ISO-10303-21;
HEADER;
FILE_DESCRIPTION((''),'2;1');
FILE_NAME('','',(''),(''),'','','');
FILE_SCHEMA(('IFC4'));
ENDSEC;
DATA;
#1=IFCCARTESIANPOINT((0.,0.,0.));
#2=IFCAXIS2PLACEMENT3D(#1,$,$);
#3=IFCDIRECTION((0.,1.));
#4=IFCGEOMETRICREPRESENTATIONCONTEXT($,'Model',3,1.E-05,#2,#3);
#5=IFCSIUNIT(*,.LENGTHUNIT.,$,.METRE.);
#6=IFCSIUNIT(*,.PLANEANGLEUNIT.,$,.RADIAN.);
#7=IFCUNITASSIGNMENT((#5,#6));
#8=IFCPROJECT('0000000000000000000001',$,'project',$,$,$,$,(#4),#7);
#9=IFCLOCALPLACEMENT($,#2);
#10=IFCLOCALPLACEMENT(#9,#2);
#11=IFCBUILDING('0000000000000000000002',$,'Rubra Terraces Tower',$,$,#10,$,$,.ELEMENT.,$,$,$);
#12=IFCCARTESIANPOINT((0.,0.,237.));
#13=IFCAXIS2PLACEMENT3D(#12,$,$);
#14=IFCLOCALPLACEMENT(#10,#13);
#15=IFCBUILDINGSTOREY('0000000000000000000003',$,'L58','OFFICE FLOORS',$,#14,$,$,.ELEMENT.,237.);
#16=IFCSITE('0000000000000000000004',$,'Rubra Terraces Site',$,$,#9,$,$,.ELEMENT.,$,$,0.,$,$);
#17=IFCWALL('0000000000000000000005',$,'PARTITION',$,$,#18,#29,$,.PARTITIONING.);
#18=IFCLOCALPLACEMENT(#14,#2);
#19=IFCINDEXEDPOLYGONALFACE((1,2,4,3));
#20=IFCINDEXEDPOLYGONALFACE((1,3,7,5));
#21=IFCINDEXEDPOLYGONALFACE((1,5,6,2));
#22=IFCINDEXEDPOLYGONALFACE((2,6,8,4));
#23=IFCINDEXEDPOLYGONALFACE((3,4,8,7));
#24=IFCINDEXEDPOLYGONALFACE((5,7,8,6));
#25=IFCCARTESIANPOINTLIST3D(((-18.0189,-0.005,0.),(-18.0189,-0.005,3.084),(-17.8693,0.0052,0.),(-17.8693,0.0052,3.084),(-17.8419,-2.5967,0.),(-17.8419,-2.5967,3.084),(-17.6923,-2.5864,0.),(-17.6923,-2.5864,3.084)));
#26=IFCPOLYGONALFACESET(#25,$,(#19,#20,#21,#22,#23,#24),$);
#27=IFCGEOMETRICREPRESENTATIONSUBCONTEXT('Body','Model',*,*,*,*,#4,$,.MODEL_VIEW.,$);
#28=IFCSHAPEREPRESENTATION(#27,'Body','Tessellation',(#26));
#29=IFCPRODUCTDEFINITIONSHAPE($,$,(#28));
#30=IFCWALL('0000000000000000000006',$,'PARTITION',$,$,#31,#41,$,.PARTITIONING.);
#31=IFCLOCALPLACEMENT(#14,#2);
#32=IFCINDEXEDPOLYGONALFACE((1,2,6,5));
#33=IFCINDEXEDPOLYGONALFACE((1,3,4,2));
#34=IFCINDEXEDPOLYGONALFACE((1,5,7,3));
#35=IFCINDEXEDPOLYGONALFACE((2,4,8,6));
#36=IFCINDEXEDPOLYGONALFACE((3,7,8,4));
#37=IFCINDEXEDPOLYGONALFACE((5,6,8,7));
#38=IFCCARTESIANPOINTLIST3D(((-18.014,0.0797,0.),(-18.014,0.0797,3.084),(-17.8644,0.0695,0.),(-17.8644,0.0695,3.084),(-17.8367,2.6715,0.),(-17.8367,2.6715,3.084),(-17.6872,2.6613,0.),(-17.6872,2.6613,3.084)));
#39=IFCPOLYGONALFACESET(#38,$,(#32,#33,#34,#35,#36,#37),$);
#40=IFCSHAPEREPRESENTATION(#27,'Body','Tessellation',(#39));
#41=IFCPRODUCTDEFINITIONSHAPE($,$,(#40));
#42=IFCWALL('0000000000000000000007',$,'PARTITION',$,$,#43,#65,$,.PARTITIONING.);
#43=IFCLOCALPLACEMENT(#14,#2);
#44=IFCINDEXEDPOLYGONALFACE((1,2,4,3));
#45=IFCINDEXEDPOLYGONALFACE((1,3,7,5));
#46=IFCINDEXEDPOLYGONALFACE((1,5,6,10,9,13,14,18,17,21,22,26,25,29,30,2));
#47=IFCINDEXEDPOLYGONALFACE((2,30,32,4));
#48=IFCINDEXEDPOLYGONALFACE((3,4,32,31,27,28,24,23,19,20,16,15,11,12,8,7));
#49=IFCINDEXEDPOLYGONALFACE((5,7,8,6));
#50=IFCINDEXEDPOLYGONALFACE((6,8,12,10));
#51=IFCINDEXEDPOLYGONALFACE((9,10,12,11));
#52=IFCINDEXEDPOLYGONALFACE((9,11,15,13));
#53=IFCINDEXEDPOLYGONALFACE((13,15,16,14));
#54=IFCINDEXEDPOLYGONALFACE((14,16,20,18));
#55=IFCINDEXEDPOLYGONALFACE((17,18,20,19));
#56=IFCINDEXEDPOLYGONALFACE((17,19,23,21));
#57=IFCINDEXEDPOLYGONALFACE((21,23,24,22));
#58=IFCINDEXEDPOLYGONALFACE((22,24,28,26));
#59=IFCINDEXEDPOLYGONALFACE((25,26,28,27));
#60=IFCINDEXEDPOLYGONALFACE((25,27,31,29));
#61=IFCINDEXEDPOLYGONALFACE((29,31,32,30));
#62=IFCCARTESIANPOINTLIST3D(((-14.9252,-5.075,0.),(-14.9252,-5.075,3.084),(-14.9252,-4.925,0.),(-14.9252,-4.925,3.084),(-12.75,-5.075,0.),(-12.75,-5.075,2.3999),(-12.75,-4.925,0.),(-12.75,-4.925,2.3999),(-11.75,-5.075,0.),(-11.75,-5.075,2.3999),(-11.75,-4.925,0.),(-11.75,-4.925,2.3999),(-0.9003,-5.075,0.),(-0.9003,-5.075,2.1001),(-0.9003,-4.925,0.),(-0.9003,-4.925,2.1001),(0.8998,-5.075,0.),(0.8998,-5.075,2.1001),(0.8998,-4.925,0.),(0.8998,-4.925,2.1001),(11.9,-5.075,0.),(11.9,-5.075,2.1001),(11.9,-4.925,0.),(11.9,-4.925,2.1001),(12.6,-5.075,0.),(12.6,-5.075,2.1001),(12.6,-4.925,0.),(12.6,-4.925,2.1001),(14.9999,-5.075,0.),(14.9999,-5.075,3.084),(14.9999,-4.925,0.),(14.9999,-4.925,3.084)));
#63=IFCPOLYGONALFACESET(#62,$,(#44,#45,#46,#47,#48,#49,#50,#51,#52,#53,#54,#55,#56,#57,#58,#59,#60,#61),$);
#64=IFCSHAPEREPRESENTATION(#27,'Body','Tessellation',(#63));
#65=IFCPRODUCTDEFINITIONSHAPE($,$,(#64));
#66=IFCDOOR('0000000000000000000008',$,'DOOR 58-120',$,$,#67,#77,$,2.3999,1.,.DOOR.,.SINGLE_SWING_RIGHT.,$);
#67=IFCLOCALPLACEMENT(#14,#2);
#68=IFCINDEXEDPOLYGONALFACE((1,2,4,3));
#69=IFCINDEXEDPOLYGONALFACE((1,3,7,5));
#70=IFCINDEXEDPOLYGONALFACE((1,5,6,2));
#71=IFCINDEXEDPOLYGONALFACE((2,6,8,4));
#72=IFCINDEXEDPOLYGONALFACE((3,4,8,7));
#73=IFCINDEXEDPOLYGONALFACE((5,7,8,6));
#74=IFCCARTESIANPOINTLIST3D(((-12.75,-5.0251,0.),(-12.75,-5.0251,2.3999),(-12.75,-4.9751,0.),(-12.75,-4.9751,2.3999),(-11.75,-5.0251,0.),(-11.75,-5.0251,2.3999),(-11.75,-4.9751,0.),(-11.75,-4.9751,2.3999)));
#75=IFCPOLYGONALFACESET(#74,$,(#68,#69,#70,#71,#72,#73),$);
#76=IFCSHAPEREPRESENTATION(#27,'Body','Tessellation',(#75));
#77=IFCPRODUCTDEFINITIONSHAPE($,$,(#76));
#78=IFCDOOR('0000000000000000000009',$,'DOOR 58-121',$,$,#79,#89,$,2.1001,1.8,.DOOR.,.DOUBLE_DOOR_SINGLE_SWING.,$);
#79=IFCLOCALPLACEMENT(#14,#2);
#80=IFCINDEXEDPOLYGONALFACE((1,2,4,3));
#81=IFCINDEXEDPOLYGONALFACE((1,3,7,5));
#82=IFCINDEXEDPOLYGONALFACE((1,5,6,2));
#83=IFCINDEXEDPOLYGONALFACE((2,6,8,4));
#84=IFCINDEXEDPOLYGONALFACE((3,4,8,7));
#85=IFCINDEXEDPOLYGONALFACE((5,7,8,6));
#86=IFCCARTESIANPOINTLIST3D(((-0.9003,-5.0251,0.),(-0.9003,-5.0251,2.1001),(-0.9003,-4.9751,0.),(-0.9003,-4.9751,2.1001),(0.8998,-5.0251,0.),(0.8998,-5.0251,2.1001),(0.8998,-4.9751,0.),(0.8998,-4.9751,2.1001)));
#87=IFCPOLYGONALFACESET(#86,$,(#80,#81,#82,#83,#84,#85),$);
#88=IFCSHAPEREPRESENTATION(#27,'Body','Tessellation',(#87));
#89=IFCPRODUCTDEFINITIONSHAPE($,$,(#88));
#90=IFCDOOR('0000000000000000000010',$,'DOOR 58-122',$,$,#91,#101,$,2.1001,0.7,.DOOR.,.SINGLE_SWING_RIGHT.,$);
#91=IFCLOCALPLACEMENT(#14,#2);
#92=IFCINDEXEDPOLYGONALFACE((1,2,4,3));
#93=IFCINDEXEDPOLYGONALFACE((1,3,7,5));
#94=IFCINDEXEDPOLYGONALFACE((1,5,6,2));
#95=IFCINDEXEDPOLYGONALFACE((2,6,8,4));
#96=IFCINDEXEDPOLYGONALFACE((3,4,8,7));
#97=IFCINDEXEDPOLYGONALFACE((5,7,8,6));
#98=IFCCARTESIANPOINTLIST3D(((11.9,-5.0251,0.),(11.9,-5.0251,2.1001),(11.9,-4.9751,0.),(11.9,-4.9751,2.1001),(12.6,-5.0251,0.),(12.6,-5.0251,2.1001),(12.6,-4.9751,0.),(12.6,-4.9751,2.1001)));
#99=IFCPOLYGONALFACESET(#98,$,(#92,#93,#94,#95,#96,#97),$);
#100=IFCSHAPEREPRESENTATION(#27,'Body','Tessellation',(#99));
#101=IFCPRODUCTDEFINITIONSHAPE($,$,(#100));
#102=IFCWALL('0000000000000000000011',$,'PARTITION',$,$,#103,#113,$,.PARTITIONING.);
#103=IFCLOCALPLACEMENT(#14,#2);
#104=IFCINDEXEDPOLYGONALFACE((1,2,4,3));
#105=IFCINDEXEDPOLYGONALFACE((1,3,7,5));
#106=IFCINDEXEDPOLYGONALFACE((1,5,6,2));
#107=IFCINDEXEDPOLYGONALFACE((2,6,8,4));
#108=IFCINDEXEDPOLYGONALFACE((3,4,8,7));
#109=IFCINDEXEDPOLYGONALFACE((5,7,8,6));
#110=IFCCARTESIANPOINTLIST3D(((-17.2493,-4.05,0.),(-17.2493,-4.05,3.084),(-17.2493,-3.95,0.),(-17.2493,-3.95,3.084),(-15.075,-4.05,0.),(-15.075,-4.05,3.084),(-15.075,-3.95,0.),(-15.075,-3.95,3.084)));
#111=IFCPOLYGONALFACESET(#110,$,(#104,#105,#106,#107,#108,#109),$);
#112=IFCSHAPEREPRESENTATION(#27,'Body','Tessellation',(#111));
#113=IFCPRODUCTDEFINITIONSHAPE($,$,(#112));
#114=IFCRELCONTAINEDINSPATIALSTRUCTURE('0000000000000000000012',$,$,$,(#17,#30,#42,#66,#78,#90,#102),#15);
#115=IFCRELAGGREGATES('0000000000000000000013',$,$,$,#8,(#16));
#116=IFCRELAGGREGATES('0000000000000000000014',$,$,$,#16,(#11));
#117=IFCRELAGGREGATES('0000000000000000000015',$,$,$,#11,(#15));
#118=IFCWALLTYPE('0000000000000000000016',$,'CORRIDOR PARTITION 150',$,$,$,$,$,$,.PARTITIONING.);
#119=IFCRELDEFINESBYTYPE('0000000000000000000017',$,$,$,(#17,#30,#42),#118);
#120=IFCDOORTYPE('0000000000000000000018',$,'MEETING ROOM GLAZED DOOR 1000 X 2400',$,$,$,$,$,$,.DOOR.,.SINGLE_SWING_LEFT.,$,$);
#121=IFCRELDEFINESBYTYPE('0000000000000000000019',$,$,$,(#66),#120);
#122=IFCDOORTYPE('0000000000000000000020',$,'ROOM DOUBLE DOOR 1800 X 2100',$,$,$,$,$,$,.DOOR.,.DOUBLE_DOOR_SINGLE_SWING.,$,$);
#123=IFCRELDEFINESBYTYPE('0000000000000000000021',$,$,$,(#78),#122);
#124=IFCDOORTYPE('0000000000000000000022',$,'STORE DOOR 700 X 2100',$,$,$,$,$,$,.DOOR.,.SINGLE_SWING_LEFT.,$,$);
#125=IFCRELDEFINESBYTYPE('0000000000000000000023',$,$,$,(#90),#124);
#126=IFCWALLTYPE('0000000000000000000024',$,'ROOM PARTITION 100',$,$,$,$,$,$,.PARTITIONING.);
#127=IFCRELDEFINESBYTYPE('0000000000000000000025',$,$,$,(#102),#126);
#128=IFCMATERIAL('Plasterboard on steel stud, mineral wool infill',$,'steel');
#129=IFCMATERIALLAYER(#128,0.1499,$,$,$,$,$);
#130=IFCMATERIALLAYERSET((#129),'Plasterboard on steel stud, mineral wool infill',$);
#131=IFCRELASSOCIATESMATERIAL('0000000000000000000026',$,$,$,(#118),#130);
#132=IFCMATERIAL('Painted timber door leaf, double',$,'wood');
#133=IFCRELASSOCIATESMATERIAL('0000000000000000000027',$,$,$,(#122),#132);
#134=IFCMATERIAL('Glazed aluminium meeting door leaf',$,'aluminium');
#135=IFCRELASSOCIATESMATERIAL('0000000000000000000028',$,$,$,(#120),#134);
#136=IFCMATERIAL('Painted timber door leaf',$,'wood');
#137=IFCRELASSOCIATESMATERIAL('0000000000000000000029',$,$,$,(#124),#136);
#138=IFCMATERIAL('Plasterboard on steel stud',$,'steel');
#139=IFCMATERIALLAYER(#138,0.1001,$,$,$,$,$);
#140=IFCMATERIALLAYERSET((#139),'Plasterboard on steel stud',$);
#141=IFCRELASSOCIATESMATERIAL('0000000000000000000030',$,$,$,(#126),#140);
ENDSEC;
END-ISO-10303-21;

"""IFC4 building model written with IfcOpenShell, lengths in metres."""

from ifc_helpers import new_model, si_unit, direction, frame, frame_2d, origin, place, context, subcontext, project, spatial, rectangle, extrude, material, layer, layer_set, type_object, element, fill, save


model = new_model("IFC4")

# Units and contexts
model_context = context("Model", 3, precision=1e-05, world=origin(), true_north=direction((0.0, 1.0)))
body_context = subcontext(model_context, "Body", "Model", "MODEL_VIEW")
ifc_project = project(units=[si_unit("LENGTHUNIT", "METRE"), si_unit("PLANEANGLEUNIT", "RADIAN")], contexts=[model_context])

# Site, building, storey
site_placement = place(None, origin())
site = spatial("IfcSite", under=ifc_project, at=site_placement, Name="Rubra Terraces Site", CompositionType="ELEMENT", RefElevation=0.0)
building_placement = place(site_placement, origin())
building = spatial("IfcBuilding", under=site, at=building_placement, Name="Rubra Terraces Tower", CompositionType="ELEMENT")
storey_placement = place(building_placement, frame((0.0, 0.0, 237.0)))
storey = spatial("IfcBuildingStorey", under=building, at=storey_placement, Name="L58", Description="OFFICE FLOORS", CompositionType="ELEMENT", Elevation=237.0)

# Shared definitions
ifc_material_1 = material(Name="Plasterboard on steel stud, mineral wool infill", Category="steel")
ifc_layer_1 = layer(ifc_material_1, 0.1499)
ifc_layer_set_1 = layer_set([ifc_layer_1], Name="Plasterboard on steel stud, mineral wool infill")
wall_type_1 = type_object("IfcWallType", Name="CORRIDOR PARTITION 150", PredefinedType="PARTITIONING", material=ifc_layer_set_1)
ifc_material_2 = material(Name="Painted timber door leaf, double", Category="wood")
door_type_1 = type_object("IfcDoorType", Name="ROOM DOUBLE DOOR 1800 X 2100", OperationType="DOUBLE_DOOR_SINGLE_SWING", PredefinedType="DOOR", material=ifc_material_2)

# Walls
wall_1_placement = place(storey_placement, frame((-17.7671, -2.5916, 0.0), z_axis=(0.0, 0.0, 1.0), x_axis=(-0.068141, 0.997676, 0.0)))
element("IfcWall", 1, at=wall_1_placement, inside=storey, type_object=wall_type_1, Name="PARTITION", PredefinedType="PARTITIONING", context=body_context, shape_type="SweptSolid", body=[
    extrude(rectangle(XDim=2.5977, YDim=0.1499, at=frame_2d((1.2988, 0.0))), origin(), (0.0, 0.0, 1.0), 3.084),
])
wall_2_placement = place(storey_placement, frame((-17.9392, 0.0747, 0.0), z_axis=(0.0, 0.0, 1.0), x_axis=(0.068228, 0.99767, 0.0)))
element("IfcWall", 2, at=wall_2_placement, inside=storey, type_object=wall_type_1, Name="PARTITION", PredefinedType="PARTITIONING", context=body_context, shape_type="SweptSolid", body=[
    extrude(rectangle(XDim=2.5979, YDim=0.1499, at=frame_2d((1.2988, 0.0))), origin(), (0.0, 0.0, 1.0), 3.084),
])

# Wall, openings, doors
wall_3_placement = place(storey_placement, frame((-14.925, -5.0, 0.0), z_axis=(0.0, 0.0, 1.0), x_axis=(1.0, 0.0, 0.0)))
wall_3 = element("IfcWall", 3, at=wall_3_placement, inside=storey, type_object=wall_type_1, Name="PARTITION", PredefinedType="PARTITIONING", context=body_context, shape_type="SweptSolid", body=[
    extrude(rectangle(XDim=29.925, YDim=0.1499, at=frame_2d((14.9624, 0.0))), origin(), (0.0, 0.0, 1.0), 3.084),
])
opening_1_placement = place(wall_3_placement, frame((2.175, 0.0, 0.0)))
opening_1 = element("IfcOpeningElement", 4, at=opening_1_placement, cuts=wall_3, PredefinedType="OPENING", context=body_context, shape_type="SweptSolid", body=[
    extrude(rectangle(XDim=1.0, YDim=2.3999, at=frame_2d((0.5, 1.2))), frame((0.0, 0.085, 0.0), z_axis=(0.0, -1.0, 0.0), x_axis=(1.0, 0.0, 0.0)), (0.0, 0.0, 1.0), 0.1699),
])
opening_2_placement = place(wall_3_placement, frame((14.0249, 0.0, 0.0)))
opening_2 = element("IfcOpeningElement", 5, at=opening_2_placement, cuts=wall_3, PredefinedType="OPENING", context=body_context, shape_type="SweptSolid", body=[
    extrude(rectangle(XDim=1.8, YDim=2.1001, at=frame_2d((0.8999, 1.05))), frame((0.0, 0.085, 0.0), z_axis=(0.0, -1.0, 0.0), x_axis=(1.0, 0.0, 0.0)), (0.0, 0.0, 1.0), 0.1699),
])
opening_3_placement = place(wall_3_placement, frame((26.825, 0.0, 0.0)))
opening_3 = element("IfcOpeningElement", 6, at=opening_3_placement, cuts=wall_3, PredefinedType="OPENING", context=body_context, shape_type="SweptSolid", body=[
    extrude(rectangle(XDim=0.7, YDim=2.1001, at=frame_2d((0.3501, 1.05))), frame((0.0, 0.085, 0.0), z_axis=(0.0, -1.0, 0.0), x_axis=(1.0, 0.0, 0.0)), (0.0, 0.0, 1.0), 0.1699),
])
ifc_material_3 = material(Name="Glazed aluminium meeting door leaf", Category="aluminium")
door_type_2 = type_object("IfcDoorType", Name="MEETING ROOM GLAZED DOOR 1000 X 2400", OperationType="SINGLE_SWING_LEFT", PredefinedType="DOOR", material=ifc_material_3)
door_1_placement = place(opening_1_placement, origin())
door_1 = element("IfcDoor", 7, at=door_1_placement, inside=storey, type_object=door_type_2, Name="DOOR 58-120", OperationType="SINGLE_SWING_RIGHT", OverallHeight=2.3999, OverallWidth=1.0, PredefinedType="DOOR", context=body_context, shape_type="SweptSolid", body=[
    extrude(rectangle(XDim=1.0, YDim=2.3999, at=frame_2d((0.5, 1.2))), frame((0.0, 0.0249, 0.0), z_axis=(0.0, -1.0, 0.0), x_axis=(1.0, 0.0, 0.0)), (0.0, 0.0, 1.0), 0.05),
])
fill(opening_1, door_1)
door_2_placement = place(opening_2_placement, origin())
door_2 = element("IfcDoor", 8, at=door_2_placement, inside=storey, type_object=door_type_1, Name="DOOR 58-121", OperationType="DOUBLE_DOOR_SINGLE_SWING", OverallHeight=2.1001, OverallWidth=1.8, PredefinedType="DOOR", context=body_context, shape_type="SweptSolid", body=[
    extrude(rectangle(XDim=1.8, YDim=2.1001, at=frame_2d((0.8999, 1.05))), frame((0.0, 0.0249, 0.0), z_axis=(0.0, -1.0, 0.0), x_axis=(1.0, 0.0, 0.0)), (0.0, 0.0, 1.0), 0.05),
])
fill(opening_2, door_2)
ifc_material_4 = material(Name="Painted timber door leaf", Category="wood")
door_type_3 = type_object("IfcDoorType", Name="STORE DOOR 700 X 2100", OperationType="SINGLE_SWING_LEFT", PredefinedType="DOOR", material=ifc_material_4)
door_3_placement = place(opening_3_placement, origin())
door_3 = element("IfcDoor", 9, at=door_3_placement, inside=storey, type_object=door_type_3, Name="DOOR 58-122", OperationType="SINGLE_SWING_RIGHT", OverallHeight=2.1001, OverallWidth=0.7, PredefinedType="DOOR", context=body_context, shape_type="SweptSolid", body=[
    extrude(rectangle(XDim=0.7, YDim=2.1001, at=frame_2d((0.3501, 1.05))), frame((0.0, 0.0249, 0.0), z_axis=(0.0, -1.0, 0.0), x_axis=(1.0, 0.0, 0.0)), (0.0, 0.0, 1.0), 0.05),
])
fill(opening_3, door_3)

# Wall
ifc_material_5 = material(Name="Plasterboard on steel stud", Category="steel")
ifc_layer_2 = layer(ifc_material_5, 0.1001)
ifc_layer_set_2 = layer_set([ifc_layer_2], Name="Plasterboard on steel stud")
wall_type_2 = type_object("IfcWallType", Name="ROOM PARTITION 100", PredefinedType="PARTITIONING", material=ifc_layer_set_2)
wall_4_placement = place(storey_placement, frame((-17.2493, -4.0, 0.0), z_axis=(0.0, 0.0, 1.0), x_axis=(1.0, 0.0, 0.0)))
element("IfcWall", 10, at=wall_4_placement, inside=storey, type_object=wall_type_2, Name="PARTITION", PredefinedType="PARTITIONING", context=body_context, shape_type="SweptSolid", body=[
    extrude(rectangle(XDim=2.1743, YDim=0.1001, at=frame_2d((1.0872, 0.0))), origin(), (0.0, 0.0, 1.0), 3.084),
])

save(model, "model.ifc")
